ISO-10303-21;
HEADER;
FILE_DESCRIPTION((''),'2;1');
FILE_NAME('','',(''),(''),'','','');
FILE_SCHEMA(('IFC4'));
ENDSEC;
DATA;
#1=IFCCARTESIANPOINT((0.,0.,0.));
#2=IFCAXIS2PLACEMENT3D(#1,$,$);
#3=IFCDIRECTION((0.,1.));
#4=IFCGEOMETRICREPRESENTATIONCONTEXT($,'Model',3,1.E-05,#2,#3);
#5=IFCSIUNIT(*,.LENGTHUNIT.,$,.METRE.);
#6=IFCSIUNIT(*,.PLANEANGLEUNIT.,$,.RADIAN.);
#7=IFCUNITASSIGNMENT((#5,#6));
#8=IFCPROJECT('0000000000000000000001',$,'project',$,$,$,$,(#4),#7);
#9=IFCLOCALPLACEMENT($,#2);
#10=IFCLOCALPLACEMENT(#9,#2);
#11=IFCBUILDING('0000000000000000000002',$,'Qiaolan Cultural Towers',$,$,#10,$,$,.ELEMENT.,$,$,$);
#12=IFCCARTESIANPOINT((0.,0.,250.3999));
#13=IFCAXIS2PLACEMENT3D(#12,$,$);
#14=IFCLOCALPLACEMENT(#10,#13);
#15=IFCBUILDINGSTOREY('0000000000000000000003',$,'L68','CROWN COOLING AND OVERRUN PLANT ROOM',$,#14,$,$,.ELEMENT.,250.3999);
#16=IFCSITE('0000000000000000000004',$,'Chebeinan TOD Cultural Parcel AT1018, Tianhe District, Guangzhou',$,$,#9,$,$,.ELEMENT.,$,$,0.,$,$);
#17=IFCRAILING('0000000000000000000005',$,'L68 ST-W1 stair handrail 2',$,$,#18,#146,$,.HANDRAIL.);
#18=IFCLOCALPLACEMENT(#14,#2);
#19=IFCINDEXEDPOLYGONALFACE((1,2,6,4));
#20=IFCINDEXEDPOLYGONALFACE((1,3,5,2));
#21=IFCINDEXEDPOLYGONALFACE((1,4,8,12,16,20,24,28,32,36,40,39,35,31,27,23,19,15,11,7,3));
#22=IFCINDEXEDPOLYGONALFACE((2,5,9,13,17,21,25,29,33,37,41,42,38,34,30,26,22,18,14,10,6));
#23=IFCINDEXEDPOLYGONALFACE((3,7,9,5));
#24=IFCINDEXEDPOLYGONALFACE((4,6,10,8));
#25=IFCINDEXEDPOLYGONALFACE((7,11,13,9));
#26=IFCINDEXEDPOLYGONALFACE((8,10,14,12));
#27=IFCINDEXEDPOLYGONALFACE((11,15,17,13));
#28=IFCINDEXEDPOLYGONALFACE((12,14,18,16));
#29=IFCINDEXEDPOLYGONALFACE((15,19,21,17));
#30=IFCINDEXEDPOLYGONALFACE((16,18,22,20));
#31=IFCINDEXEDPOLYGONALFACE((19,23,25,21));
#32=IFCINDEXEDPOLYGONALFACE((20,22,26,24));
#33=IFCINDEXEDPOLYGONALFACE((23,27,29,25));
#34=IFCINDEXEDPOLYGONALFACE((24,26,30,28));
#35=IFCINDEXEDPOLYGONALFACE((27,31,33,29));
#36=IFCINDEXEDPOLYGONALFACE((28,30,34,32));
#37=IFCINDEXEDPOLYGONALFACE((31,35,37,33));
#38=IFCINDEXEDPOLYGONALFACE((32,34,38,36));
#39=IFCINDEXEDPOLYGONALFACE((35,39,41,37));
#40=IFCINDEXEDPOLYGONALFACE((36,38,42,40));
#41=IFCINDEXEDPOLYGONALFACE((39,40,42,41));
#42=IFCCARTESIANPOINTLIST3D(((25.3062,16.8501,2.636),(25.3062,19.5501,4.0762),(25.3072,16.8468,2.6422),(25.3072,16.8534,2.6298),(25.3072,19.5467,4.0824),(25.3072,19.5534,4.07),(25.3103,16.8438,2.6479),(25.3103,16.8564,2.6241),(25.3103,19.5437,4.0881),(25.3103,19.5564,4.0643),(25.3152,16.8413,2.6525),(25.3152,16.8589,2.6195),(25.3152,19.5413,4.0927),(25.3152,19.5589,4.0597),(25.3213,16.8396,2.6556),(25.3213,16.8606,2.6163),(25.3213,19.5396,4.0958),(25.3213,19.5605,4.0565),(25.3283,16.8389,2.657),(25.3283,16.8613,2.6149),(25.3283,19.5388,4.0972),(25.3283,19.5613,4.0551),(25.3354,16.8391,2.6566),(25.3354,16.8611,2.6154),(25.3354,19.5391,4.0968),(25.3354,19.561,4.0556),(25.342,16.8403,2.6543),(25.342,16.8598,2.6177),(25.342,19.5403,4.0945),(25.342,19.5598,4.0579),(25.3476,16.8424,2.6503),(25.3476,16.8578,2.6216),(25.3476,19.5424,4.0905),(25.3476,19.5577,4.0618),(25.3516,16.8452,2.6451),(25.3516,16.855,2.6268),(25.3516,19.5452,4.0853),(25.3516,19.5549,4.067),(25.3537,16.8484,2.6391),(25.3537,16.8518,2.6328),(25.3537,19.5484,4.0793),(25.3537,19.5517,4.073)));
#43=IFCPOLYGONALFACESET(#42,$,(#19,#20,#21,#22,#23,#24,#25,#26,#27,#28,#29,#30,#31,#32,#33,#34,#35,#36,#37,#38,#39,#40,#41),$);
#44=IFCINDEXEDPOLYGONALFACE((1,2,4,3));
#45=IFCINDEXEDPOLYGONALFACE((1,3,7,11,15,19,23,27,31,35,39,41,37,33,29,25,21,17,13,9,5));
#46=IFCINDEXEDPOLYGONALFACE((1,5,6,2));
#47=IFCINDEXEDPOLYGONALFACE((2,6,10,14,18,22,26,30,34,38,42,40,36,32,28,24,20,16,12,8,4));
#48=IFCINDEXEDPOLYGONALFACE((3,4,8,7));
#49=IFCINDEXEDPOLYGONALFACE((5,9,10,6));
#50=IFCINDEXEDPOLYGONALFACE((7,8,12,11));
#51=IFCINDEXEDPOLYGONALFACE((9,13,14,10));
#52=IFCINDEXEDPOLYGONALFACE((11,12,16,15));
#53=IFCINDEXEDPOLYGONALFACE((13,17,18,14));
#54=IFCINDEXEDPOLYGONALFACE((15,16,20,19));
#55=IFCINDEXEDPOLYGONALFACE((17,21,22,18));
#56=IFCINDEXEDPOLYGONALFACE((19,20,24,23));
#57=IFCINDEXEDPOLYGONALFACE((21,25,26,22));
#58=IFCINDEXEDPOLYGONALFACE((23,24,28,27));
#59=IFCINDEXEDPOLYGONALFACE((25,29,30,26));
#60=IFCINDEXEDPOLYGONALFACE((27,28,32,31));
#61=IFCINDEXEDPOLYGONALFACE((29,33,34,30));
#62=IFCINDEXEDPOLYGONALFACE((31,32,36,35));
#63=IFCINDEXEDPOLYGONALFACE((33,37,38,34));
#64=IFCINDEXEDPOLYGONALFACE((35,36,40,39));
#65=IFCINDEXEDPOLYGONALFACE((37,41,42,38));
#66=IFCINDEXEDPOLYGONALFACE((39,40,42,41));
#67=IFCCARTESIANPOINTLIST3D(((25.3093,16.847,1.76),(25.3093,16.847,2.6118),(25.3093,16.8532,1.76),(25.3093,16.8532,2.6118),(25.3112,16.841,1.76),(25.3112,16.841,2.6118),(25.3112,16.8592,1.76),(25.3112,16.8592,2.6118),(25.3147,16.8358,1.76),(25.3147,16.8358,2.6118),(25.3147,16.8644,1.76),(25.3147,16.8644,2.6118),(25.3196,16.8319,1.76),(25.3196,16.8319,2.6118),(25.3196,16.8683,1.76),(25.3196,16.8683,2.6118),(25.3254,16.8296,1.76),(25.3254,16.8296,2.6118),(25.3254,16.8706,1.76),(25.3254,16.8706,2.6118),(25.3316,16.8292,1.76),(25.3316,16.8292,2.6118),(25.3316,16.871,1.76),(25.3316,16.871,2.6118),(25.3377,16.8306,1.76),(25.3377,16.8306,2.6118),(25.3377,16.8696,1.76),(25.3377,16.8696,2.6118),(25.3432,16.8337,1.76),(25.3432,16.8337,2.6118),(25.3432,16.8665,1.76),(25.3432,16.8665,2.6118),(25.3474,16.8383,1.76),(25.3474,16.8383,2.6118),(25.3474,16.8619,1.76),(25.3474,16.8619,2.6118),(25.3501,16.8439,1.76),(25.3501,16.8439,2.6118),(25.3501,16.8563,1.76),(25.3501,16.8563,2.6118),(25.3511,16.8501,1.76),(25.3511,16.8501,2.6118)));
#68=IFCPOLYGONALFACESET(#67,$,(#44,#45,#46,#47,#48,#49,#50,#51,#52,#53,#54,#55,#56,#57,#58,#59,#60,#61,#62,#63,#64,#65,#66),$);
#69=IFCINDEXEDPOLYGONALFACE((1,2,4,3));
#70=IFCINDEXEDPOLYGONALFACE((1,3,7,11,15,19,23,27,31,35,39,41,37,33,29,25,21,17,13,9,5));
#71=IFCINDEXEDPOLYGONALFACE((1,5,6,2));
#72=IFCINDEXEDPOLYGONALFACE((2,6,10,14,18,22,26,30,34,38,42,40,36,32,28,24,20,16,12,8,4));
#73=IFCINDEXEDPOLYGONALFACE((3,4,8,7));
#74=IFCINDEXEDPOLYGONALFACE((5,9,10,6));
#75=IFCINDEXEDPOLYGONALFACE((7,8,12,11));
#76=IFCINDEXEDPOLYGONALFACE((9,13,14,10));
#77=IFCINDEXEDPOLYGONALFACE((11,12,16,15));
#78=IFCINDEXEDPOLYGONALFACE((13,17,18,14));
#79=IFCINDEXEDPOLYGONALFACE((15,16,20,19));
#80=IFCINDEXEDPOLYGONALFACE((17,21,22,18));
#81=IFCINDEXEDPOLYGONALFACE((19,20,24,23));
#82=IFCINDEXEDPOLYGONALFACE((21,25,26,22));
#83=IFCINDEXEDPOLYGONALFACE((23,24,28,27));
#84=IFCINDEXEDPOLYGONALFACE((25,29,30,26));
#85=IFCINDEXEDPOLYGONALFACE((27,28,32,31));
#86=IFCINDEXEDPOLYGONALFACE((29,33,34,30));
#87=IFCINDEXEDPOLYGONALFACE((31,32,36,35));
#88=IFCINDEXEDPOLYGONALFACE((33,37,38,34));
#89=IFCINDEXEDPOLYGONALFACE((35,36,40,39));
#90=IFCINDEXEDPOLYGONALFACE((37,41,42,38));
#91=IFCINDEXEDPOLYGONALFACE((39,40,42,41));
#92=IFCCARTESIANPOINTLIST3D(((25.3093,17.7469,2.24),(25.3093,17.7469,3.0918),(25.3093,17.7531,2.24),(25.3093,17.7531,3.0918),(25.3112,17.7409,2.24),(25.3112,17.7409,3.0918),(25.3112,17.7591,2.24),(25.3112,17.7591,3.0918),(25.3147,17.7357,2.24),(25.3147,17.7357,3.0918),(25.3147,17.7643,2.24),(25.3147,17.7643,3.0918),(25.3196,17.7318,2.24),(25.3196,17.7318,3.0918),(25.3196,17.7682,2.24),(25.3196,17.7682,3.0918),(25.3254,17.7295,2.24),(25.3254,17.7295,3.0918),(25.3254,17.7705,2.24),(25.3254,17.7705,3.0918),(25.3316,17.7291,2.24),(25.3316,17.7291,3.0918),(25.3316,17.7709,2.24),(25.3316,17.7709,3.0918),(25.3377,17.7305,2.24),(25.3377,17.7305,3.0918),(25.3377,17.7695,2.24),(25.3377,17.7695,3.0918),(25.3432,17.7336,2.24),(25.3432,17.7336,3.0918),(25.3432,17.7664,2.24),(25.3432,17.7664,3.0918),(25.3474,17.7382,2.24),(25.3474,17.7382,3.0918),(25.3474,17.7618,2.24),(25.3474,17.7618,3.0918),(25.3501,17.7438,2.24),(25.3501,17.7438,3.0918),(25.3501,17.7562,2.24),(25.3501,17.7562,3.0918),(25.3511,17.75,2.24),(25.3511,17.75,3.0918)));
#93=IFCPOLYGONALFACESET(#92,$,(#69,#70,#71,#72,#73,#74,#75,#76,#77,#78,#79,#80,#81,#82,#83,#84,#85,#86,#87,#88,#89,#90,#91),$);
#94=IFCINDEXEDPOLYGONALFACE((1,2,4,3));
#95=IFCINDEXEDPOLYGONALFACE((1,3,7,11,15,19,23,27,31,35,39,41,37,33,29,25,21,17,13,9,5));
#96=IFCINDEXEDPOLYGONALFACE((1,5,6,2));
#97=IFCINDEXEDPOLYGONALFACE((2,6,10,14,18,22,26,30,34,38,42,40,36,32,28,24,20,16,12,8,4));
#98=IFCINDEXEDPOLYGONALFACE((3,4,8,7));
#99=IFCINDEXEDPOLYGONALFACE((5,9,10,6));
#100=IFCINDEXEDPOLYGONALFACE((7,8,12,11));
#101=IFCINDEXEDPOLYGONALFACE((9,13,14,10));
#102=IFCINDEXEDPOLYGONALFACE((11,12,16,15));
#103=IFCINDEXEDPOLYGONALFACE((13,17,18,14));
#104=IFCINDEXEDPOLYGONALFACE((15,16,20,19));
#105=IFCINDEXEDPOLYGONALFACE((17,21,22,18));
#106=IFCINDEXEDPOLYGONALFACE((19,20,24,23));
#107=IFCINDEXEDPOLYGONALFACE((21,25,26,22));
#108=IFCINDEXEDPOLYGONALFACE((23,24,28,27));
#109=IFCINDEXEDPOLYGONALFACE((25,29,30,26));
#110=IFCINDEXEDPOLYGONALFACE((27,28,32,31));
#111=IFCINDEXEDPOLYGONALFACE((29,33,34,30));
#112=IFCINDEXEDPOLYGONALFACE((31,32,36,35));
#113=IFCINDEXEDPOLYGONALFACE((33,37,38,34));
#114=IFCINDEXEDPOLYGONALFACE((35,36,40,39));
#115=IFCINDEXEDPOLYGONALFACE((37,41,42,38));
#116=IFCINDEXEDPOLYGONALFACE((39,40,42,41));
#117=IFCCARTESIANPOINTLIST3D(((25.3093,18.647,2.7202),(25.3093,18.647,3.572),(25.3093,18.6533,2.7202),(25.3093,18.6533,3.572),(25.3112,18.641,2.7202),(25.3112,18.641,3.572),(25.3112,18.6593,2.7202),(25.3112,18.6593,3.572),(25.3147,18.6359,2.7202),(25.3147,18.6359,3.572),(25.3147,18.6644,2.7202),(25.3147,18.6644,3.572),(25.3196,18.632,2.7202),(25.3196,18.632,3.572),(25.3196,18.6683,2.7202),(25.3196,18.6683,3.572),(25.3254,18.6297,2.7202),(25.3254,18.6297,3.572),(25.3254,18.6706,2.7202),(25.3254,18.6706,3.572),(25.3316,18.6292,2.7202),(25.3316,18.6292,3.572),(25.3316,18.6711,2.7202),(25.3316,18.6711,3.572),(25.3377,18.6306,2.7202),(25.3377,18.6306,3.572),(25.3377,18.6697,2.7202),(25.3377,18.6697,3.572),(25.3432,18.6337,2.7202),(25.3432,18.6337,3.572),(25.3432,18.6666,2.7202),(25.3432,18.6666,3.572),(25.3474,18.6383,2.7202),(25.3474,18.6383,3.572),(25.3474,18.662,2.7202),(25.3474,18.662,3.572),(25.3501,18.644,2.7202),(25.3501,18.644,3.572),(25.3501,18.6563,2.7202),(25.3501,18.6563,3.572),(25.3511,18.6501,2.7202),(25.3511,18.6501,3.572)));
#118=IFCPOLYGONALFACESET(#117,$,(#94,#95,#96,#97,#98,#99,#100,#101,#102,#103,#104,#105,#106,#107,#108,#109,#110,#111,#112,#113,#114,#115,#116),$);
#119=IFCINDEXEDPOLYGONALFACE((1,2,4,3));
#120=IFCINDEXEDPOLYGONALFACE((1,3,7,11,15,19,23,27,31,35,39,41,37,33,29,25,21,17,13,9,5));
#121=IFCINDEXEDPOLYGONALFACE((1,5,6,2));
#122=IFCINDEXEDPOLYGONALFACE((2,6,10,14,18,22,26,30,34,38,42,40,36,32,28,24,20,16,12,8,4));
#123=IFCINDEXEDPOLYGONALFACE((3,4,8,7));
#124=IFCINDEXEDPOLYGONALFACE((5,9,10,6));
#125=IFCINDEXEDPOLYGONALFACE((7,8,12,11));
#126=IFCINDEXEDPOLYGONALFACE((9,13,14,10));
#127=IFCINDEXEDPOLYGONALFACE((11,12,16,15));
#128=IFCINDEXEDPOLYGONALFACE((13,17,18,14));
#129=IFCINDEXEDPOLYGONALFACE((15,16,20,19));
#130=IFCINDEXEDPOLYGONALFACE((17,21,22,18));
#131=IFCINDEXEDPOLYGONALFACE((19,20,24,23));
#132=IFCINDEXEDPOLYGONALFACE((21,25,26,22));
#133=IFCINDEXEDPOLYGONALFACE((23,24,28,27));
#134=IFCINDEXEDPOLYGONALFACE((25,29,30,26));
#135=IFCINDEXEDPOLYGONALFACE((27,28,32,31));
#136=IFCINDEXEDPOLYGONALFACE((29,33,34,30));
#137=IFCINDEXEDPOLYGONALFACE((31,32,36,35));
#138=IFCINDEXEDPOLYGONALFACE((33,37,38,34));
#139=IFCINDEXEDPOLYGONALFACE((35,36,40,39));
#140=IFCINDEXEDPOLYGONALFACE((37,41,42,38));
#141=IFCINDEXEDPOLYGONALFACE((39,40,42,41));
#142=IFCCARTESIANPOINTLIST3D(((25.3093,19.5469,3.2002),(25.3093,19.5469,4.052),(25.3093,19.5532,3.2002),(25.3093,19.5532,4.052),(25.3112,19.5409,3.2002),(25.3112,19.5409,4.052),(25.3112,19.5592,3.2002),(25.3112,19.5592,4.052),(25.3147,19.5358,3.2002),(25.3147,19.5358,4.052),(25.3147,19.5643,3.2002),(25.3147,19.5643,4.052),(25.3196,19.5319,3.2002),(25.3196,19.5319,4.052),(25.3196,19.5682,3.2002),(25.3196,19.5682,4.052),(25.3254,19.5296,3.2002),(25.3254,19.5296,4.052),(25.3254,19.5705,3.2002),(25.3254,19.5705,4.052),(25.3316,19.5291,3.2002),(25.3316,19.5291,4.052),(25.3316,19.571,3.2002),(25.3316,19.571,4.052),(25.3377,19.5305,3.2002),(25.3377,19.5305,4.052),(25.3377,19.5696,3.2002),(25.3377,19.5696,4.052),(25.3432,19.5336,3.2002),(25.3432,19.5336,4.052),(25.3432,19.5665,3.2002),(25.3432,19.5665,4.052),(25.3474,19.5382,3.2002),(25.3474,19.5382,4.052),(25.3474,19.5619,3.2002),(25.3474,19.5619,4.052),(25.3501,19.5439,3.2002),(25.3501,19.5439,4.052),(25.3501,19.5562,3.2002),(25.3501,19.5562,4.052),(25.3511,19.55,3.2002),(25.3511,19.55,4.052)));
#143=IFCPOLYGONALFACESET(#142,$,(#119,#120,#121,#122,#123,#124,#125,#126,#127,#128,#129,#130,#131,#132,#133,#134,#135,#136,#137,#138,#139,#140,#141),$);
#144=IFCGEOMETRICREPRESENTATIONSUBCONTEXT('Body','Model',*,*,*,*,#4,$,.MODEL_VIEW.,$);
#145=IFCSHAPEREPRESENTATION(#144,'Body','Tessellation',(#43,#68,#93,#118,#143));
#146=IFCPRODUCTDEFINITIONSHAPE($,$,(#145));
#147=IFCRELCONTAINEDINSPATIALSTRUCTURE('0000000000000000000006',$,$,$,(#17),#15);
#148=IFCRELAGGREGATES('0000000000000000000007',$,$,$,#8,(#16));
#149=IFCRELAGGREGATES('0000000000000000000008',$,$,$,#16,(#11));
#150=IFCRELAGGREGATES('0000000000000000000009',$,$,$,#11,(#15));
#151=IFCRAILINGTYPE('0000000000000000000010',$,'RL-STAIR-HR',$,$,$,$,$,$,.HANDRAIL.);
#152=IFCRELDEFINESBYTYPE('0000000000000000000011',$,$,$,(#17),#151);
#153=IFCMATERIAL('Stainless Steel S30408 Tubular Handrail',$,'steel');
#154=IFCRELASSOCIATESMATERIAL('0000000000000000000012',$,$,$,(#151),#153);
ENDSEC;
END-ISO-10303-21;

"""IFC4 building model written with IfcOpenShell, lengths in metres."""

from ifc_helpers import new_model, si_unit, direction, frame, origin, origin_2d, place, context, subcontext, project, spatial, circle, extrude, material, type_object, element, save


model = new_model("IFC4")

# Units and contexts
model_context = context("Model", 3, precision=1e-05, world=origin(), true_north=direction((0.0, 1.0)))
body_context = subcontext(model_context, "Body", "Model", "MODEL_VIEW")
ifc_project = project(units=[si_unit("LENGTHUNIT", "METRE"), si_unit("PLANEANGLEUNIT", "RADIAN")], contexts=[model_context])

# Site, building, storey
site_placement = place(None, origin())
site = spatial("IfcSite", under=ifc_project, at=site_placement, Name="Chebeinan TOD Cultural Parcel AT1018, Tianhe District, Guangzhou", CompositionType="ELEMENT", RefElevation=0.0)
building_placement = place(site_placement, origin())
building = spatial("IfcBuilding", under=site, at=building_placement, Name="Qiaolan Cultural Towers", CompositionType="ELEMENT")
storey_placement = place(building_placement, frame((0.0, 0.0, 250.3999)))
storey = spatial("IfcBuildingStorey", under=building, at=storey_placement, Name="L68", Description="CROWN COOLING AND OVERRUN PLANT ROOM", CompositionType="ELEMENT", Elevation=250.3999)

# Railing
ifc_material_1 = material(Name="Stainless Steel S30408 Tubular Handrail", Category="steel")
railing_type_1 = type_object("IfcRailingType", Name="RL-STAIR-HR", PredefinedType="HANDRAIL", material=ifc_material_1)
railing_1_placement = place(storey_placement, frame((25.3301, 16.8501, 1.76)))
element("IfcRailing", 1, at=railing_1_placement, inside=storey, type_object=railing_type_1, Name="L68 ST-W1 stair handrail 2", PredefinedType="HANDRAIL", context=body_context, shape_type="SweptSolid", body=[
    extrude(circle(Radius=0.0239, at=origin_2d()), frame((0.0, 0.0, 0.876), z_axis=(0.0, 0.882324, 0.470642), x_axis=(-1.0, 0.0, 0.0)), (0.0, 0.0, 1.0), 3.0601),
    extrude(circle(Radius=0.021, at=origin_2d()), origin(), (0.0, 0.0, 1.0), 0.8518),
    extrude(circle(Radius=0.021, at=origin_2d()), frame((0.0, 0.8999, 0.48)), (0.0, 0.0, 1.0), 0.8518),
    extrude(circle(Radius=0.021, at=origin_2d()), frame((0.0, 1.8, 0.9602)), (0.0, 0.0, 1.0), 0.8518),
    extrude(circle(Radius=0.021, at=origin_2d()), frame((0.0, 2.7, 1.4402)), (0.0, 0.0, 1.0), 0.8518),
])

save(model, "model.ifc")
